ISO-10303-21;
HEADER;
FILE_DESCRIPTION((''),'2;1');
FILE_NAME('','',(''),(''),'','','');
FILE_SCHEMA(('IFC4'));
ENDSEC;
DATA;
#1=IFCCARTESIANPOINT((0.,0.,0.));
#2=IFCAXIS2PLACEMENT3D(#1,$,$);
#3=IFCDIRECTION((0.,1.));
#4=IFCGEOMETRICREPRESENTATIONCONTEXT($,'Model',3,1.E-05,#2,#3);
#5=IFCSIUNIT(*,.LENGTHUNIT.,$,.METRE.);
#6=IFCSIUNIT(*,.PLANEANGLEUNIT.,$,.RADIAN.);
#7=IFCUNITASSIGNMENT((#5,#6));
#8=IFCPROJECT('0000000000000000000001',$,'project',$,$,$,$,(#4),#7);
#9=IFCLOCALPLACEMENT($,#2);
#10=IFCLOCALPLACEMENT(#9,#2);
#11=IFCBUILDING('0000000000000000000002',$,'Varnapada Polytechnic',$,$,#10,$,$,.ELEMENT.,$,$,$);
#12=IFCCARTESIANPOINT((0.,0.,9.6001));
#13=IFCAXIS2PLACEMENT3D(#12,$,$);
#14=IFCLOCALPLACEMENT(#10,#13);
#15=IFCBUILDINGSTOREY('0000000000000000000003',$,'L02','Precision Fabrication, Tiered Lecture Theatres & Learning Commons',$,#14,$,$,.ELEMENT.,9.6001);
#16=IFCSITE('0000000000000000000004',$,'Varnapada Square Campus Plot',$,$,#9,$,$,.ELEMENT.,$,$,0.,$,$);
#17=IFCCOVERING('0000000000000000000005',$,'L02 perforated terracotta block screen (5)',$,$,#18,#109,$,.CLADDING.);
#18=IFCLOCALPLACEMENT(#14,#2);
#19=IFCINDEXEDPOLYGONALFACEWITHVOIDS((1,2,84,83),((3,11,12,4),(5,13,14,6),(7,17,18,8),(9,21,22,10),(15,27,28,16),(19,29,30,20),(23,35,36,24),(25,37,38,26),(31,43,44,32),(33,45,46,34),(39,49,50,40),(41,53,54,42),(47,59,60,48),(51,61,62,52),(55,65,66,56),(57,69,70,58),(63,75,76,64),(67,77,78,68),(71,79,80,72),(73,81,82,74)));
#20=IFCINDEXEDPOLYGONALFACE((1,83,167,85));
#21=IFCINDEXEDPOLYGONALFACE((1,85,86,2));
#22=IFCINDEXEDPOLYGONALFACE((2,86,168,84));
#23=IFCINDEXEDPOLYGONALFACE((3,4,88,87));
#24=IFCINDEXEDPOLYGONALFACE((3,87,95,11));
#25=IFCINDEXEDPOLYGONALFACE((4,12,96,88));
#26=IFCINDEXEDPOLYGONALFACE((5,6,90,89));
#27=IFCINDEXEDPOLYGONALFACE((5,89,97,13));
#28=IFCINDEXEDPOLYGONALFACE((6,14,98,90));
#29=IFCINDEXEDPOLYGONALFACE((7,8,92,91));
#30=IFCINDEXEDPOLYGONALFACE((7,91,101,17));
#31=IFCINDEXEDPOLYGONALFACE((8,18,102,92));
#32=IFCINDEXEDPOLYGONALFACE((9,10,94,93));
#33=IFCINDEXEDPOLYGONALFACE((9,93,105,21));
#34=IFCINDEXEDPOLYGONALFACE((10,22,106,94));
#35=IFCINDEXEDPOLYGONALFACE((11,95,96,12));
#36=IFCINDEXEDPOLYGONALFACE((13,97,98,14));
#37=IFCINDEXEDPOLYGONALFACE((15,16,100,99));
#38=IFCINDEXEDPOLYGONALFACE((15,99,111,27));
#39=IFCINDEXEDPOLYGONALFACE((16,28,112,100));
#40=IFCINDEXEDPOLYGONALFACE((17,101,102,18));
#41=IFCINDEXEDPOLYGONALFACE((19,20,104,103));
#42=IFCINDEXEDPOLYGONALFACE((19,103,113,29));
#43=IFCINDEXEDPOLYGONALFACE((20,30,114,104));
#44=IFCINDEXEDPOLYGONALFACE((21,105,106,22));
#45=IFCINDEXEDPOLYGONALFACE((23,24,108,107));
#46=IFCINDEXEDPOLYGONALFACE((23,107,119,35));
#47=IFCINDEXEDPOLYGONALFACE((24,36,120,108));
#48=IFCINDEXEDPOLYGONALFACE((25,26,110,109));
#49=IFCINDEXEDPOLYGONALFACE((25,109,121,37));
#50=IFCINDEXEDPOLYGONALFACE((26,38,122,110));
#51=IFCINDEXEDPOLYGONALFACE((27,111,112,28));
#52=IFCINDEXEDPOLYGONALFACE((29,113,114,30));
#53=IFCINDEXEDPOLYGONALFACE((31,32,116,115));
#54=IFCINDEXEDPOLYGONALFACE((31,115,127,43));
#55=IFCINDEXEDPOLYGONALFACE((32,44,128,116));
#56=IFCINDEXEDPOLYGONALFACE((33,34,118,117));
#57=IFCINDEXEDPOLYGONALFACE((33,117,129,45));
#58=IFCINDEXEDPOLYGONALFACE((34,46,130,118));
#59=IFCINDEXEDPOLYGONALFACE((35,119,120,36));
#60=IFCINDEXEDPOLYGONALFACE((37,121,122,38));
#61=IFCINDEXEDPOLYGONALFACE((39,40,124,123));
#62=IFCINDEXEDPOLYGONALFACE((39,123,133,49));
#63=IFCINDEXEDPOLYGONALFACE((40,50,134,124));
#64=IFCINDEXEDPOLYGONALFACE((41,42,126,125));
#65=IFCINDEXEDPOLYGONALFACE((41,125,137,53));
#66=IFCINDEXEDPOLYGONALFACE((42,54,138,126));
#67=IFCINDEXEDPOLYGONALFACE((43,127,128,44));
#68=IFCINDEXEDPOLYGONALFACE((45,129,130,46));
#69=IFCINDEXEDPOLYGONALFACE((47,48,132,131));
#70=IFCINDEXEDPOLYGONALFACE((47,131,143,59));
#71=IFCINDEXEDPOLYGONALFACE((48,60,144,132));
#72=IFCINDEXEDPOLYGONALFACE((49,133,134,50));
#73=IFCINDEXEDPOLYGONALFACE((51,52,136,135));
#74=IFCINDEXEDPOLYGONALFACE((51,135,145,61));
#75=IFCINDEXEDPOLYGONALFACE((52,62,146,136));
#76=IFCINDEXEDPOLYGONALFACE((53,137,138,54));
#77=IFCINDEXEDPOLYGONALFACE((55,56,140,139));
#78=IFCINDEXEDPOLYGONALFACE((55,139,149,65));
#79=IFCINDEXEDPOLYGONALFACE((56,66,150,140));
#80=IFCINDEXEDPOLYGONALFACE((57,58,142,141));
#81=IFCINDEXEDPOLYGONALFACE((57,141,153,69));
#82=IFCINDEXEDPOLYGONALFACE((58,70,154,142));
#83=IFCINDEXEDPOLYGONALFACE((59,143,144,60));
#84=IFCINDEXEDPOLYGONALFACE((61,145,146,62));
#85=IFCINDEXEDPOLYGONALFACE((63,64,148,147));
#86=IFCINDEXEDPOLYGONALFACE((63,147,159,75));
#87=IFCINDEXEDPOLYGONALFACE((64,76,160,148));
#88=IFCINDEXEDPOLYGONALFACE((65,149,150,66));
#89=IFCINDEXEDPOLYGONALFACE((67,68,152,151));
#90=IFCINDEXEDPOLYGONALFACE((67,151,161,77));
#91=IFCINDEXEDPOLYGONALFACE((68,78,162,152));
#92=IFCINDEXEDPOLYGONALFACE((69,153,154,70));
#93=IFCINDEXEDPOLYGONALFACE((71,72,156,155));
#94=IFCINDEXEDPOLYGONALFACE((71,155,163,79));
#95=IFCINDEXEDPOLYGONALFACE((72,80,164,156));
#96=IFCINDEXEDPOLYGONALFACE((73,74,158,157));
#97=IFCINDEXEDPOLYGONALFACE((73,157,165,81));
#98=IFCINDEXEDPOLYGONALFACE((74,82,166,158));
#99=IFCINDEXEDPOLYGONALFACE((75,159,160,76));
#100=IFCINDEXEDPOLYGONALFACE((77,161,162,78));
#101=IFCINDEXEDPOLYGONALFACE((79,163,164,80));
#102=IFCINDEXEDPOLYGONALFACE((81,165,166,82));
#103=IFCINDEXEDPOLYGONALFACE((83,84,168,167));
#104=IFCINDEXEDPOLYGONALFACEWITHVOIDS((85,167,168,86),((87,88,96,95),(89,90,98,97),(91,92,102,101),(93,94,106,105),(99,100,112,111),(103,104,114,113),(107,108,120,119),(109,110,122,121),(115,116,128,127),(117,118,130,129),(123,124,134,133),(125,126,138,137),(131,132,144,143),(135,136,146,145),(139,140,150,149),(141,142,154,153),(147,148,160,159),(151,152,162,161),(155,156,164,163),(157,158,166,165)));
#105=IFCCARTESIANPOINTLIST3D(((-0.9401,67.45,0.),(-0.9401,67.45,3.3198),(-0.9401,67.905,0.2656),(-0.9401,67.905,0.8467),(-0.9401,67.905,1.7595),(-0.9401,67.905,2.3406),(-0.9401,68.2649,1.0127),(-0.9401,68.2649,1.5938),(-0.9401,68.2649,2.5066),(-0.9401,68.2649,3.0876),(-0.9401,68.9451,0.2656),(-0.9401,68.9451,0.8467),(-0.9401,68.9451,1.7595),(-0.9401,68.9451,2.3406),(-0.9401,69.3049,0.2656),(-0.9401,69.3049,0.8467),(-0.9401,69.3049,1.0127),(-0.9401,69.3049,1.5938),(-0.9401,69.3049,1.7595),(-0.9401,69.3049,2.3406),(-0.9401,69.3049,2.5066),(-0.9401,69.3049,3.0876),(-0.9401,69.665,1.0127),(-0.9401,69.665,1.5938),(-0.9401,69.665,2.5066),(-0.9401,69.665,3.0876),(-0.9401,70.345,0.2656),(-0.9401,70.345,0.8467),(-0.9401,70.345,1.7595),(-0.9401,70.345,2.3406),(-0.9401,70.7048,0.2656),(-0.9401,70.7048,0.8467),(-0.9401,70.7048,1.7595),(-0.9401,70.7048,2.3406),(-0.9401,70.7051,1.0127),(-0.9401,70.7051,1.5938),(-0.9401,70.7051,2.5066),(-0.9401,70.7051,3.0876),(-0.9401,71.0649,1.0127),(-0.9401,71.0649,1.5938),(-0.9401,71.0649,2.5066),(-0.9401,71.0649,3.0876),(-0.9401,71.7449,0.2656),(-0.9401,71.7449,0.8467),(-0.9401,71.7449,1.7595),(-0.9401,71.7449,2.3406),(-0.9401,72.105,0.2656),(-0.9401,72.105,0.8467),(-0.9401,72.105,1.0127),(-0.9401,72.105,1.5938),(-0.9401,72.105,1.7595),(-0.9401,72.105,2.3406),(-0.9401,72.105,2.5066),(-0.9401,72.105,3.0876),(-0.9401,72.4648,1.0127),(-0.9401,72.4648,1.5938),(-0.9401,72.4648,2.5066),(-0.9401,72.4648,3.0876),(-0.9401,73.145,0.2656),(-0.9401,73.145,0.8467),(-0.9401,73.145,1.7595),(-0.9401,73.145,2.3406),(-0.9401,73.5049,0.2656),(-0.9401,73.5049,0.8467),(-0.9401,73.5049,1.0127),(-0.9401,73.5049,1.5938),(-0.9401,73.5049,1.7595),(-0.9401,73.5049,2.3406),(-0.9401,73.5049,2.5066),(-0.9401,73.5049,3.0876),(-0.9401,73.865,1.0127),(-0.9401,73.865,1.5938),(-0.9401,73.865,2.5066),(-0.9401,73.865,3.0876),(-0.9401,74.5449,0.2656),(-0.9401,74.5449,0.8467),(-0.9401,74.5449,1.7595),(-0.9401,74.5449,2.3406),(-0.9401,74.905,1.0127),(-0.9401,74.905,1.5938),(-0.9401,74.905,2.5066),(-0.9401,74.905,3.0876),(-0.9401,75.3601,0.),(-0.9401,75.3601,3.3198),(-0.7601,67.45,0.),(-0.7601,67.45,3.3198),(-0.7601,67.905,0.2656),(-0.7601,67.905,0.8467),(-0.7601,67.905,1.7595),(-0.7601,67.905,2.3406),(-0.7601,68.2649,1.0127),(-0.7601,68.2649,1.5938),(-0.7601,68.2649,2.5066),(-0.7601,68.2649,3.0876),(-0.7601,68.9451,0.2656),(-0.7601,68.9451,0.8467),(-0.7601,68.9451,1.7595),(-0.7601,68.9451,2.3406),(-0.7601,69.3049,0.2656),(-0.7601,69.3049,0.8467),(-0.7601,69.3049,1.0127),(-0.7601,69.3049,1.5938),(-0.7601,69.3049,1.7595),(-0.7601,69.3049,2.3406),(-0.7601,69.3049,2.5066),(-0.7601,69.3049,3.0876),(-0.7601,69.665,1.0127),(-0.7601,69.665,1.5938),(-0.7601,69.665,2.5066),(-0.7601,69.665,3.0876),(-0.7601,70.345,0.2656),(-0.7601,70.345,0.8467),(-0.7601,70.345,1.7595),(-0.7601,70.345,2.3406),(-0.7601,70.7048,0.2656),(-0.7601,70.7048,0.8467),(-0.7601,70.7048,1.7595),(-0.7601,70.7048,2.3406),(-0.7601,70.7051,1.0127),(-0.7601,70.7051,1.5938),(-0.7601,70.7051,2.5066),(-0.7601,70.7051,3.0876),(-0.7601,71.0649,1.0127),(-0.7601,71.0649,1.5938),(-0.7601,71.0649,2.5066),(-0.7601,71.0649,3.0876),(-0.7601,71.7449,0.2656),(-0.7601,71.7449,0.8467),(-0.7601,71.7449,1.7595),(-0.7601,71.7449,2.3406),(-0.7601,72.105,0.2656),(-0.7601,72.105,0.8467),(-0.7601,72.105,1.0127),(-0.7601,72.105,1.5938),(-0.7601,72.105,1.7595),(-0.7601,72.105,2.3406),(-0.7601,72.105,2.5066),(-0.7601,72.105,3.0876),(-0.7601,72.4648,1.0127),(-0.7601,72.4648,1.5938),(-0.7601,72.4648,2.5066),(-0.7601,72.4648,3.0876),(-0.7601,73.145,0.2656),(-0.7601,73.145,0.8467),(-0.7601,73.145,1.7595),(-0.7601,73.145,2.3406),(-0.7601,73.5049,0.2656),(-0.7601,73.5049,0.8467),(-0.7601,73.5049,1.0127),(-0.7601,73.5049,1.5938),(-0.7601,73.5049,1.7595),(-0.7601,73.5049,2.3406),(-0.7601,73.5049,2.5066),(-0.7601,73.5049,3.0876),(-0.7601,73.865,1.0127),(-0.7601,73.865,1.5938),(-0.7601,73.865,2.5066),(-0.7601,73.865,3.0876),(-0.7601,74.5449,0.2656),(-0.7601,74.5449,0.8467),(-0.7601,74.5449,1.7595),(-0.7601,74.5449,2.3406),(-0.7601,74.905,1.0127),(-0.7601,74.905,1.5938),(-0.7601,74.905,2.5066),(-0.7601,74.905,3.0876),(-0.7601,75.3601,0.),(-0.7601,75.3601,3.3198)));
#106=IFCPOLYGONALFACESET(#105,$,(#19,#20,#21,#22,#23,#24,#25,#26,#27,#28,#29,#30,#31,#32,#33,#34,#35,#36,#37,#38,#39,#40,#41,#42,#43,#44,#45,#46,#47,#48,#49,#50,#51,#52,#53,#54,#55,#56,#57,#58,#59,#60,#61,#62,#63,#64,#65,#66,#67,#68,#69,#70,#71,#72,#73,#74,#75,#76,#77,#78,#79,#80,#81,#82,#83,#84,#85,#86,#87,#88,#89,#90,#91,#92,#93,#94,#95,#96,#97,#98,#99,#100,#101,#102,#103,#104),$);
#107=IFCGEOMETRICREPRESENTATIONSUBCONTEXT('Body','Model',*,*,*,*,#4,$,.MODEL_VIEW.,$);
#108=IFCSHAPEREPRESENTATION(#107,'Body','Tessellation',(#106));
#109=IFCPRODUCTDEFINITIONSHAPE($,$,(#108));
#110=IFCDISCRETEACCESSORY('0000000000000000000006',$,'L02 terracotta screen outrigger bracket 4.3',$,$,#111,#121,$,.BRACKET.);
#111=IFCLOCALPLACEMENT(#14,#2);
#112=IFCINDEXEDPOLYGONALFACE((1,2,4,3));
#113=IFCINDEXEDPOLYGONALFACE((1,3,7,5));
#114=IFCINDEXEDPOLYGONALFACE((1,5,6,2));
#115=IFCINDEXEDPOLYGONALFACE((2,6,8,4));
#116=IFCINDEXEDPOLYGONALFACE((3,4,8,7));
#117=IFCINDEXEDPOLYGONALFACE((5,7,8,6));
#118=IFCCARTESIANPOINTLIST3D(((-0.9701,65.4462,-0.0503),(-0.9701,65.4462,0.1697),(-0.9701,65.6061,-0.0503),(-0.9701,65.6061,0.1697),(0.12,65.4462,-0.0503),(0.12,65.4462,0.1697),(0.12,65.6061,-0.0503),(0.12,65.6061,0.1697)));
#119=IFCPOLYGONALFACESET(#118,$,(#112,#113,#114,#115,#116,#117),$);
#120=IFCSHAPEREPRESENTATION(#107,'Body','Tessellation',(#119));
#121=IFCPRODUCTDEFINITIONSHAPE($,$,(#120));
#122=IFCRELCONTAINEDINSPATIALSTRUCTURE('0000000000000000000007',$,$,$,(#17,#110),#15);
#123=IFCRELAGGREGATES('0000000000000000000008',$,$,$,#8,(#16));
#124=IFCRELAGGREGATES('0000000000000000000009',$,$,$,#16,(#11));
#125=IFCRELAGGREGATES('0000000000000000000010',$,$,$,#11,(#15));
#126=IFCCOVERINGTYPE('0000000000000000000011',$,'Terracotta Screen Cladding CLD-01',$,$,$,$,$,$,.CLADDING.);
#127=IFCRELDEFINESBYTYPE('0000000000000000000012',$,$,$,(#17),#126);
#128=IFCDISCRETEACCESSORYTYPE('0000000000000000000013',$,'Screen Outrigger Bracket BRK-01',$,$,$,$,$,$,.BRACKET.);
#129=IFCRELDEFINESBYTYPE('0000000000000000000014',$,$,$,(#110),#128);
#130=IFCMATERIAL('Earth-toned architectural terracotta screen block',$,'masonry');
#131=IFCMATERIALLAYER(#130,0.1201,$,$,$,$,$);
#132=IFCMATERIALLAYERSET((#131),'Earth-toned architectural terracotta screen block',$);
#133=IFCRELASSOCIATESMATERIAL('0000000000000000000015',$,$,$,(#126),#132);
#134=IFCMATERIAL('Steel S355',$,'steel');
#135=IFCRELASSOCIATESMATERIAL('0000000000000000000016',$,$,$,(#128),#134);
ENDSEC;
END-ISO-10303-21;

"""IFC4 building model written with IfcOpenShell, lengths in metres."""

from ifc_helpers import new_model, si_unit, direction, frame, frame_2d, origin, origin_2d, place, context, subcontext, project, spatial, rectangle, extrude, material, layer, layer_set, type_object, element, save


model = new_model("IFC4")

# Units and contexts
model_context = context("Model", 3, precision=1e-05, world=origin(), true_north=direction((0.0, 1.0)))
body_context = subcontext(model_context, "Body", "Model", "MODEL_VIEW")
ifc_project = project(units=[si_unit("LENGTHUNIT", "METRE"), si_unit("PLANEANGLEUNIT", "RADIAN")], contexts=[model_context])

# Site, building, storey
site_placement = place(None, origin())
site = spatial("IfcSite", under=ifc_project, at=site_placement, Name="Varnapada Square Campus Plot", CompositionType="ELEMENT", RefElevation=0.0)
building_placement = place(site_placement, origin())
building = spatial("IfcBuilding", under=site, at=building_placement, Name="Varnapada Polytechnic", CompositionType="ELEMENT")
storey_placement = place(building_placement, frame((0.0, 0.0, 9.6001)))
storey = spatial("IfcBuildingStorey", under=building, at=storey_placement, Name="L02", Description="Precision Fabrication, Tiered Lecture Theatres & Learning Commons", CompositionType="ELEMENT", Elevation=9.6001)

# Covering, openings
ifc_material_1 = material(Name="Earth-toned architectural terracotta screen block", Category="masonry")
ifc_layer_1 = layer(ifc_material_1, 0.1201)
ifc_layer_set_1 = layer_set([ifc_layer_1], Name="Earth-toned architectural terracotta screen block")
covering_type = type_object("IfcCoveringType", Name="Terracotta Screen Cladding CLD-01", PredefinedType="CLADDING", material=ifc_layer_set_1)
covering_placement = place(storey_placement, frame((-0.8501, 67.45, 0.0), z_axis=(0.0, 0.0, 1.0), x_axis=(0.0, 1.0, 0.0)))
covering = element("IfcCovering", 1, at=covering_placement, inside=storey, type_object=covering_type, Name="L02 perforated terracotta block screen (5)", PredefinedType="CLADDING", context=body_context, shape_type="SweptSolid", body=[
    extrude(rectangle(XDim=7.9102, YDim=0.1799, at=frame_2d((3.9551, 0.0))), origin(), (0.0, 0.0, 1.0), 3.3198),
])
opening_1_placement = place(covering_placement, frame((0.4551, 0.0, 0.2656)))
element("IfcOpeningElement", 2, at=opening_1_placement, cuts=covering, PredefinedType="OPENING", context=body_context, shape_type="SweptSolid", body=[
    extrude(rectangle(XDim=1.04, YDim=0.5811, at=frame_2d((0.52, 0.2905))), frame((0.0, 0.0999, 0.0), z_axis=(0.0, -1.0, 0.0), x_axis=(1.0, 0.0, 0.0)), (0.0, 0.0, 1.0), 0.2),
])
opening_2_placement = place(covering_placement, frame((1.855, 0.0, 0.2656)))
element("IfcOpeningElement", 3, at=opening_2_placement, cuts=covering, PredefinedType="OPENING", context=body_context, shape_type="SweptSolid", body=[
    extrude(rectangle(XDim=1.04, YDim=0.5811, at=frame_2d((0.52, 0.2905))), frame((0.0, 0.0999, 0.0), z_axis=(0.0, -1.0, 0.0), x_axis=(1.0, 0.0, 0.0)), (0.0, 0.0, 1.0), 0.2),
])
opening_3_placement = place(covering_placement, frame((3.2549, 0.0, 0.2656)))
element("IfcOpeningElement", 4, at=opening_3_placement, cuts=covering, PredefinedType="OPENING", context=body_context, shape_type="SweptSolid", body=[
    extrude(rectangle(XDim=1.04, YDim=0.5811, at=frame_2d((0.52, 0.2905))), frame((0.0, 0.0999, 0.0), z_axis=(0.0, -1.0, 0.0), x_axis=(1.0, 0.0, 0.0)), (0.0, 0.0, 1.0), 0.2),
])
opening_4_placement = place(covering_placement, frame((4.655, 0.0, 0.2656)))
element("IfcOpeningElement", 5, at=opening_4_placement, cuts=covering, PredefinedType="OPENING", context=body_context, shape_type="SweptSolid", body=[
    extrude(rectangle(XDim=1.04, YDim=0.5811, at=frame_2d((0.52, 0.2905))), frame((0.0, 0.0999, 0.0), z_axis=(0.0, -1.0, 0.0), x_axis=(1.0, 0.0, 0.0)), (0.0, 0.0, 1.0), 0.2),
])
opening_5_placement = place(covering_placement, frame((6.0549, 0.0, 0.2656)))
element("IfcOpeningElement", 6, at=opening_5_placement, cuts=covering, PredefinedType="OPENING", context=body_context, shape_type="SweptSolid", body=[
    extrude(rectangle(XDim=1.04, YDim=0.5811, at=frame_2d((0.52, 0.2905))), frame((0.0, 0.0999, 0.0), z_axis=(0.0, -1.0, 0.0), x_axis=(1.0, 0.0, 0.0)), (0.0, 0.0, 1.0), 0.2),
])
opening_6_placement = place(covering_placement, frame((0.8149, 0.0, 1.0127)))
element("IfcOpeningElement", 7, at=opening_6_placement, cuts=covering, PredefinedType="OPENING", context=body_context, shape_type="SweptSolid", body=[
    extrude(rectangle(XDim=1.04, YDim=0.5811, at=frame_2d((0.52, 0.2905))), frame((0.0, 0.0999, 0.0), z_axis=(0.0, -1.0, 0.0), x_axis=(1.0, 0.0, 0.0)), (0.0, 0.0, 1.0), 0.2),
])
opening_7_placement = place(covering_placement, frame((2.2151, 0.0, 1.0127)))
element("IfcOpeningElement", 8, at=opening_7_placement, cuts=covering, PredefinedType="OPENING", context=body_context, shape_type="SweptSolid", body=[
    extrude(rectangle(XDim=1.04, YDim=0.5811, at=frame_2d((0.52, 0.2905))), frame((0.0, 0.0999, 0.0), z_axis=(0.0, -1.0, 0.0), x_axis=(1.0, 0.0, 0.0)), (0.0, 0.0, 1.0), 0.2),
])
opening_8_placement = place(covering_placement, frame((3.615, 0.0, 1.0127)))
element("IfcOpeningElement", 9, at=opening_8_placement, cuts=covering, PredefinedType="OPENING", context=body_context, shape_type="SweptSolid", body=[
    extrude(rectangle(XDim=1.04, YDim=0.5811, at=frame_2d((0.52, 0.2905))), frame((0.0, 0.0999, 0.0), z_axis=(0.0, -1.0, 0.0), x_axis=(1.0, 0.0, 0.0)), (0.0, 0.0, 1.0), 0.2),
])
opening_9_placement = place(covering_placement, frame((5.0149, 0.0, 1.0127)))
element("IfcOpeningElement", 10, at=opening_9_placement, cuts=covering, PredefinedType="OPENING", context=body_context, shape_type="SweptSolid", body=[
    extrude(rectangle(XDim=1.04, YDim=0.5811, at=frame_2d((0.52, 0.2905))), frame((0.0, 0.0999, 0.0), z_axis=(0.0, -1.0, 0.0), x_axis=(1.0, 0.0, 0.0)), (0.0, 0.0, 1.0), 0.2),
])
opening_10_placement = place(covering_placement, frame((6.415, 0.0, 1.0127)))
element("IfcOpeningElement", 11, at=opening_10_placement, cuts=covering, PredefinedType="OPENING", context=body_context, shape_type="SweptSolid", body=[
    extrude(rectangle(XDim=1.04, YDim=0.5811, at=frame_2d((0.52, 0.2905))), frame((0.0, 0.0999, 0.0), z_axis=(0.0, -1.0, 0.0), x_axis=(1.0, 0.0, 0.0)), (0.0, 0.0, 1.0), 0.2),
])
opening_11_placement = place(covering_placement, frame((0.4551, 0.0, 1.7595)))
element("IfcOpeningElement", 12, at=opening_11_placement, cuts=covering, PredefinedType="OPENING", context=body_context, shape_type="SweptSolid", body=[
    extrude(rectangle(XDim=1.04, YDim=0.5811, at=frame_2d((0.52, 0.2905))), frame((0.0, 0.0999, 0.0), z_axis=(0.0, -1.0, 0.0), x_axis=(1.0, 0.0, 0.0)), (0.0, 0.0, 1.0), 0.2),
])
opening_12_placement = place(covering_placement, frame((1.855, 0.0, 1.7595)))
element("IfcOpeningElement", 13, at=opening_12_placement, cuts=covering, PredefinedType="OPENING", context=body_context, shape_type="SweptSolid", body=[
    extrude(rectangle(XDim=1.04, YDim=0.5811, at=frame_2d((0.52, 0.2905))), frame((0.0, 0.0999, 0.0), z_axis=(0.0, -1.0, 0.0), x_axis=(1.0, 0.0, 0.0)), (0.0, 0.0, 1.0), 0.2),
])
opening_13_placement = place(covering_placement, frame((3.2549, 0.0, 1.7595)))
element("IfcOpeningElement", 14, at=opening_13_placement, cuts=covering, PredefinedType="OPENING", context=body_context, shape_type="SweptSolid", body=[
    extrude(rectangle(XDim=1.04, YDim=0.5811, at=frame_2d((0.52, 0.2905))), frame((0.0, 0.0999, 0.0), z_axis=(0.0, -1.0, 0.0), x_axis=(1.0, 0.0, 0.0)), (0.0, 0.0, 1.0), 0.2),
])
opening_14_placement = place(covering_placement, frame((4.655, 0.0, 1.7595)))
element("IfcOpeningElement", 15, at=opening_14_placement, cuts=covering, PredefinedType="OPENING", context=body_context, shape_type="SweptSolid", body=[
    extrude(rectangle(XDim=1.04, YDim=0.5811, at=frame_2d((0.52, 0.2905))), frame((0.0, 0.0999, 0.0), z_axis=(0.0, -1.0, 0.0), x_axis=(1.0, 0.0, 0.0)), (0.0, 0.0, 1.0), 0.2),
])
opening_15_placement = place(covering_placement, frame((6.0549, 0.0, 1.7595)))
element("IfcOpeningElement", 16, at=opening_15_placement, cuts=covering, PredefinedType="OPENING", context=body_context, shape_type="SweptSolid", body=[
    extrude(rectangle(XDim=1.04, YDim=0.5811, at=frame_2d((0.52, 0.2905))), frame((0.0, 0.0999, 0.0), z_axis=(0.0, -1.0, 0.0), x_axis=(1.0, 0.0, 0.0)), (0.0, 0.0, 1.0), 0.2),
])
opening_16_placement = place(covering_placement, frame((0.8149, 0.0, 2.5066)))
element("IfcOpeningElement", 17, at=opening_16_placement, cuts=covering, PredefinedType="OPENING", context=body_context, shape_type="SweptSolid", body=[
    extrude(rectangle(XDim=1.04, YDim=0.5811, at=frame_2d((0.52, 0.2905))), frame((0.0, 0.0999, 0.0), z_axis=(0.0, -1.0, 0.0), x_axis=(1.0, 0.0, 0.0)), (0.0, 0.0, 1.0), 0.2),
])
opening_17_placement = place(covering_placement, frame((2.2151, 0.0, 2.5066)))
element("IfcOpeningElement", 18, at=opening_17_placement, cuts=covering, PredefinedType="OPENING", context=body_context, shape_type="SweptSolid", body=[
    extrude(rectangle(XDim=1.04, YDim=0.5811, at=frame_2d((0.52, 0.2905))), frame((0.0, 0.0999, 0.0), z_axis=(0.0, -1.0, 0.0), x_axis=(1.0, 0.0, 0.0)), (0.0, 0.0, 1.0), 0.2),
])
opening_18_placement = place(covering_placement, frame((3.615, 0.0, 2.5066)))
element("IfcOpeningElement", 19, at=opening_18_placement, cuts=covering, PredefinedType="OPENING", context=body_context, shape_type="SweptSolid", body=[
    extrude(rectangle(XDim=1.04, YDim=0.5811, at=frame_2d((0.52, 0.2905))), frame((0.0, 0.0999, 0.0), z_axis=(0.0, -1.0, 0.0), x_axis=(1.0, 0.0, 0.0)), (0.0, 0.0, 1.0), 0.2),
])
opening_19_placement = place(covering_placement, frame((5.0149, 0.0, 2.5066)))
element("IfcOpeningElement", 20, at=opening_19_placement, cuts=covering, PredefinedType="OPENING", context=body_context, shape_type="SweptSolid", body=[
    extrude(rectangle(XDim=1.04, YDim=0.5811, at=frame_2d((0.52, 0.2905))), frame((0.0, 0.0999, 0.0), z_axis=(0.0, -1.0, 0.0), x_axis=(1.0, 0.0, 0.0)), (0.0, 0.0, 1.0), 0.2),
])
opening_20_placement = place(covering_placement, frame((6.415, 0.0, 2.5066)))
element("IfcOpeningElement", 21, at=opening_20_placement, cuts=covering, PredefinedType="OPENING", context=body_context, shape_type="SweptSolid", body=[
    extrude(rectangle(XDim=1.04, YDim=0.5811, at=frame_2d((0.52, 0.2905))), frame((0.0, 0.0999, 0.0), z_axis=(0.0, -1.0, 0.0), x_axis=(1.0, 0.0, 0.0)), (0.0, 0.0, 1.0), 0.2),
])

# Discrete accessory
ifc_material_2 = material(Name="Steel S355", Category="steel")
discrete_accessory_type = type_object("IfcDiscreteAccessoryType", Name="Screen Outrigger Bracket BRK-01", PredefinedType="BRACKET", material=ifc_material_2)
discrete_accessory_placement = place(storey_placement, frame((-0.425, 65.5261, -0.0503), z_axis=(0.0, 0.0, 1.0), x_axis=(0.0, 1.0, 0.0)))
element("IfcDiscreteAccessory", 22, at=discrete_accessory_placement, inside=storey, type_object=discrete_accessory_type, Name="L02 terracotta screen outrigger bracket 4.3", PredefinedType="BRACKET", context=body_context, shape_type="SweptSolid", body=[
    extrude(rectangle(XDim=0.1599, YDim=1.0901, at=origin_2d()), origin(), (0.0, 0.0, 1.0), 0.22),
])

save(model, "model.ifc")
